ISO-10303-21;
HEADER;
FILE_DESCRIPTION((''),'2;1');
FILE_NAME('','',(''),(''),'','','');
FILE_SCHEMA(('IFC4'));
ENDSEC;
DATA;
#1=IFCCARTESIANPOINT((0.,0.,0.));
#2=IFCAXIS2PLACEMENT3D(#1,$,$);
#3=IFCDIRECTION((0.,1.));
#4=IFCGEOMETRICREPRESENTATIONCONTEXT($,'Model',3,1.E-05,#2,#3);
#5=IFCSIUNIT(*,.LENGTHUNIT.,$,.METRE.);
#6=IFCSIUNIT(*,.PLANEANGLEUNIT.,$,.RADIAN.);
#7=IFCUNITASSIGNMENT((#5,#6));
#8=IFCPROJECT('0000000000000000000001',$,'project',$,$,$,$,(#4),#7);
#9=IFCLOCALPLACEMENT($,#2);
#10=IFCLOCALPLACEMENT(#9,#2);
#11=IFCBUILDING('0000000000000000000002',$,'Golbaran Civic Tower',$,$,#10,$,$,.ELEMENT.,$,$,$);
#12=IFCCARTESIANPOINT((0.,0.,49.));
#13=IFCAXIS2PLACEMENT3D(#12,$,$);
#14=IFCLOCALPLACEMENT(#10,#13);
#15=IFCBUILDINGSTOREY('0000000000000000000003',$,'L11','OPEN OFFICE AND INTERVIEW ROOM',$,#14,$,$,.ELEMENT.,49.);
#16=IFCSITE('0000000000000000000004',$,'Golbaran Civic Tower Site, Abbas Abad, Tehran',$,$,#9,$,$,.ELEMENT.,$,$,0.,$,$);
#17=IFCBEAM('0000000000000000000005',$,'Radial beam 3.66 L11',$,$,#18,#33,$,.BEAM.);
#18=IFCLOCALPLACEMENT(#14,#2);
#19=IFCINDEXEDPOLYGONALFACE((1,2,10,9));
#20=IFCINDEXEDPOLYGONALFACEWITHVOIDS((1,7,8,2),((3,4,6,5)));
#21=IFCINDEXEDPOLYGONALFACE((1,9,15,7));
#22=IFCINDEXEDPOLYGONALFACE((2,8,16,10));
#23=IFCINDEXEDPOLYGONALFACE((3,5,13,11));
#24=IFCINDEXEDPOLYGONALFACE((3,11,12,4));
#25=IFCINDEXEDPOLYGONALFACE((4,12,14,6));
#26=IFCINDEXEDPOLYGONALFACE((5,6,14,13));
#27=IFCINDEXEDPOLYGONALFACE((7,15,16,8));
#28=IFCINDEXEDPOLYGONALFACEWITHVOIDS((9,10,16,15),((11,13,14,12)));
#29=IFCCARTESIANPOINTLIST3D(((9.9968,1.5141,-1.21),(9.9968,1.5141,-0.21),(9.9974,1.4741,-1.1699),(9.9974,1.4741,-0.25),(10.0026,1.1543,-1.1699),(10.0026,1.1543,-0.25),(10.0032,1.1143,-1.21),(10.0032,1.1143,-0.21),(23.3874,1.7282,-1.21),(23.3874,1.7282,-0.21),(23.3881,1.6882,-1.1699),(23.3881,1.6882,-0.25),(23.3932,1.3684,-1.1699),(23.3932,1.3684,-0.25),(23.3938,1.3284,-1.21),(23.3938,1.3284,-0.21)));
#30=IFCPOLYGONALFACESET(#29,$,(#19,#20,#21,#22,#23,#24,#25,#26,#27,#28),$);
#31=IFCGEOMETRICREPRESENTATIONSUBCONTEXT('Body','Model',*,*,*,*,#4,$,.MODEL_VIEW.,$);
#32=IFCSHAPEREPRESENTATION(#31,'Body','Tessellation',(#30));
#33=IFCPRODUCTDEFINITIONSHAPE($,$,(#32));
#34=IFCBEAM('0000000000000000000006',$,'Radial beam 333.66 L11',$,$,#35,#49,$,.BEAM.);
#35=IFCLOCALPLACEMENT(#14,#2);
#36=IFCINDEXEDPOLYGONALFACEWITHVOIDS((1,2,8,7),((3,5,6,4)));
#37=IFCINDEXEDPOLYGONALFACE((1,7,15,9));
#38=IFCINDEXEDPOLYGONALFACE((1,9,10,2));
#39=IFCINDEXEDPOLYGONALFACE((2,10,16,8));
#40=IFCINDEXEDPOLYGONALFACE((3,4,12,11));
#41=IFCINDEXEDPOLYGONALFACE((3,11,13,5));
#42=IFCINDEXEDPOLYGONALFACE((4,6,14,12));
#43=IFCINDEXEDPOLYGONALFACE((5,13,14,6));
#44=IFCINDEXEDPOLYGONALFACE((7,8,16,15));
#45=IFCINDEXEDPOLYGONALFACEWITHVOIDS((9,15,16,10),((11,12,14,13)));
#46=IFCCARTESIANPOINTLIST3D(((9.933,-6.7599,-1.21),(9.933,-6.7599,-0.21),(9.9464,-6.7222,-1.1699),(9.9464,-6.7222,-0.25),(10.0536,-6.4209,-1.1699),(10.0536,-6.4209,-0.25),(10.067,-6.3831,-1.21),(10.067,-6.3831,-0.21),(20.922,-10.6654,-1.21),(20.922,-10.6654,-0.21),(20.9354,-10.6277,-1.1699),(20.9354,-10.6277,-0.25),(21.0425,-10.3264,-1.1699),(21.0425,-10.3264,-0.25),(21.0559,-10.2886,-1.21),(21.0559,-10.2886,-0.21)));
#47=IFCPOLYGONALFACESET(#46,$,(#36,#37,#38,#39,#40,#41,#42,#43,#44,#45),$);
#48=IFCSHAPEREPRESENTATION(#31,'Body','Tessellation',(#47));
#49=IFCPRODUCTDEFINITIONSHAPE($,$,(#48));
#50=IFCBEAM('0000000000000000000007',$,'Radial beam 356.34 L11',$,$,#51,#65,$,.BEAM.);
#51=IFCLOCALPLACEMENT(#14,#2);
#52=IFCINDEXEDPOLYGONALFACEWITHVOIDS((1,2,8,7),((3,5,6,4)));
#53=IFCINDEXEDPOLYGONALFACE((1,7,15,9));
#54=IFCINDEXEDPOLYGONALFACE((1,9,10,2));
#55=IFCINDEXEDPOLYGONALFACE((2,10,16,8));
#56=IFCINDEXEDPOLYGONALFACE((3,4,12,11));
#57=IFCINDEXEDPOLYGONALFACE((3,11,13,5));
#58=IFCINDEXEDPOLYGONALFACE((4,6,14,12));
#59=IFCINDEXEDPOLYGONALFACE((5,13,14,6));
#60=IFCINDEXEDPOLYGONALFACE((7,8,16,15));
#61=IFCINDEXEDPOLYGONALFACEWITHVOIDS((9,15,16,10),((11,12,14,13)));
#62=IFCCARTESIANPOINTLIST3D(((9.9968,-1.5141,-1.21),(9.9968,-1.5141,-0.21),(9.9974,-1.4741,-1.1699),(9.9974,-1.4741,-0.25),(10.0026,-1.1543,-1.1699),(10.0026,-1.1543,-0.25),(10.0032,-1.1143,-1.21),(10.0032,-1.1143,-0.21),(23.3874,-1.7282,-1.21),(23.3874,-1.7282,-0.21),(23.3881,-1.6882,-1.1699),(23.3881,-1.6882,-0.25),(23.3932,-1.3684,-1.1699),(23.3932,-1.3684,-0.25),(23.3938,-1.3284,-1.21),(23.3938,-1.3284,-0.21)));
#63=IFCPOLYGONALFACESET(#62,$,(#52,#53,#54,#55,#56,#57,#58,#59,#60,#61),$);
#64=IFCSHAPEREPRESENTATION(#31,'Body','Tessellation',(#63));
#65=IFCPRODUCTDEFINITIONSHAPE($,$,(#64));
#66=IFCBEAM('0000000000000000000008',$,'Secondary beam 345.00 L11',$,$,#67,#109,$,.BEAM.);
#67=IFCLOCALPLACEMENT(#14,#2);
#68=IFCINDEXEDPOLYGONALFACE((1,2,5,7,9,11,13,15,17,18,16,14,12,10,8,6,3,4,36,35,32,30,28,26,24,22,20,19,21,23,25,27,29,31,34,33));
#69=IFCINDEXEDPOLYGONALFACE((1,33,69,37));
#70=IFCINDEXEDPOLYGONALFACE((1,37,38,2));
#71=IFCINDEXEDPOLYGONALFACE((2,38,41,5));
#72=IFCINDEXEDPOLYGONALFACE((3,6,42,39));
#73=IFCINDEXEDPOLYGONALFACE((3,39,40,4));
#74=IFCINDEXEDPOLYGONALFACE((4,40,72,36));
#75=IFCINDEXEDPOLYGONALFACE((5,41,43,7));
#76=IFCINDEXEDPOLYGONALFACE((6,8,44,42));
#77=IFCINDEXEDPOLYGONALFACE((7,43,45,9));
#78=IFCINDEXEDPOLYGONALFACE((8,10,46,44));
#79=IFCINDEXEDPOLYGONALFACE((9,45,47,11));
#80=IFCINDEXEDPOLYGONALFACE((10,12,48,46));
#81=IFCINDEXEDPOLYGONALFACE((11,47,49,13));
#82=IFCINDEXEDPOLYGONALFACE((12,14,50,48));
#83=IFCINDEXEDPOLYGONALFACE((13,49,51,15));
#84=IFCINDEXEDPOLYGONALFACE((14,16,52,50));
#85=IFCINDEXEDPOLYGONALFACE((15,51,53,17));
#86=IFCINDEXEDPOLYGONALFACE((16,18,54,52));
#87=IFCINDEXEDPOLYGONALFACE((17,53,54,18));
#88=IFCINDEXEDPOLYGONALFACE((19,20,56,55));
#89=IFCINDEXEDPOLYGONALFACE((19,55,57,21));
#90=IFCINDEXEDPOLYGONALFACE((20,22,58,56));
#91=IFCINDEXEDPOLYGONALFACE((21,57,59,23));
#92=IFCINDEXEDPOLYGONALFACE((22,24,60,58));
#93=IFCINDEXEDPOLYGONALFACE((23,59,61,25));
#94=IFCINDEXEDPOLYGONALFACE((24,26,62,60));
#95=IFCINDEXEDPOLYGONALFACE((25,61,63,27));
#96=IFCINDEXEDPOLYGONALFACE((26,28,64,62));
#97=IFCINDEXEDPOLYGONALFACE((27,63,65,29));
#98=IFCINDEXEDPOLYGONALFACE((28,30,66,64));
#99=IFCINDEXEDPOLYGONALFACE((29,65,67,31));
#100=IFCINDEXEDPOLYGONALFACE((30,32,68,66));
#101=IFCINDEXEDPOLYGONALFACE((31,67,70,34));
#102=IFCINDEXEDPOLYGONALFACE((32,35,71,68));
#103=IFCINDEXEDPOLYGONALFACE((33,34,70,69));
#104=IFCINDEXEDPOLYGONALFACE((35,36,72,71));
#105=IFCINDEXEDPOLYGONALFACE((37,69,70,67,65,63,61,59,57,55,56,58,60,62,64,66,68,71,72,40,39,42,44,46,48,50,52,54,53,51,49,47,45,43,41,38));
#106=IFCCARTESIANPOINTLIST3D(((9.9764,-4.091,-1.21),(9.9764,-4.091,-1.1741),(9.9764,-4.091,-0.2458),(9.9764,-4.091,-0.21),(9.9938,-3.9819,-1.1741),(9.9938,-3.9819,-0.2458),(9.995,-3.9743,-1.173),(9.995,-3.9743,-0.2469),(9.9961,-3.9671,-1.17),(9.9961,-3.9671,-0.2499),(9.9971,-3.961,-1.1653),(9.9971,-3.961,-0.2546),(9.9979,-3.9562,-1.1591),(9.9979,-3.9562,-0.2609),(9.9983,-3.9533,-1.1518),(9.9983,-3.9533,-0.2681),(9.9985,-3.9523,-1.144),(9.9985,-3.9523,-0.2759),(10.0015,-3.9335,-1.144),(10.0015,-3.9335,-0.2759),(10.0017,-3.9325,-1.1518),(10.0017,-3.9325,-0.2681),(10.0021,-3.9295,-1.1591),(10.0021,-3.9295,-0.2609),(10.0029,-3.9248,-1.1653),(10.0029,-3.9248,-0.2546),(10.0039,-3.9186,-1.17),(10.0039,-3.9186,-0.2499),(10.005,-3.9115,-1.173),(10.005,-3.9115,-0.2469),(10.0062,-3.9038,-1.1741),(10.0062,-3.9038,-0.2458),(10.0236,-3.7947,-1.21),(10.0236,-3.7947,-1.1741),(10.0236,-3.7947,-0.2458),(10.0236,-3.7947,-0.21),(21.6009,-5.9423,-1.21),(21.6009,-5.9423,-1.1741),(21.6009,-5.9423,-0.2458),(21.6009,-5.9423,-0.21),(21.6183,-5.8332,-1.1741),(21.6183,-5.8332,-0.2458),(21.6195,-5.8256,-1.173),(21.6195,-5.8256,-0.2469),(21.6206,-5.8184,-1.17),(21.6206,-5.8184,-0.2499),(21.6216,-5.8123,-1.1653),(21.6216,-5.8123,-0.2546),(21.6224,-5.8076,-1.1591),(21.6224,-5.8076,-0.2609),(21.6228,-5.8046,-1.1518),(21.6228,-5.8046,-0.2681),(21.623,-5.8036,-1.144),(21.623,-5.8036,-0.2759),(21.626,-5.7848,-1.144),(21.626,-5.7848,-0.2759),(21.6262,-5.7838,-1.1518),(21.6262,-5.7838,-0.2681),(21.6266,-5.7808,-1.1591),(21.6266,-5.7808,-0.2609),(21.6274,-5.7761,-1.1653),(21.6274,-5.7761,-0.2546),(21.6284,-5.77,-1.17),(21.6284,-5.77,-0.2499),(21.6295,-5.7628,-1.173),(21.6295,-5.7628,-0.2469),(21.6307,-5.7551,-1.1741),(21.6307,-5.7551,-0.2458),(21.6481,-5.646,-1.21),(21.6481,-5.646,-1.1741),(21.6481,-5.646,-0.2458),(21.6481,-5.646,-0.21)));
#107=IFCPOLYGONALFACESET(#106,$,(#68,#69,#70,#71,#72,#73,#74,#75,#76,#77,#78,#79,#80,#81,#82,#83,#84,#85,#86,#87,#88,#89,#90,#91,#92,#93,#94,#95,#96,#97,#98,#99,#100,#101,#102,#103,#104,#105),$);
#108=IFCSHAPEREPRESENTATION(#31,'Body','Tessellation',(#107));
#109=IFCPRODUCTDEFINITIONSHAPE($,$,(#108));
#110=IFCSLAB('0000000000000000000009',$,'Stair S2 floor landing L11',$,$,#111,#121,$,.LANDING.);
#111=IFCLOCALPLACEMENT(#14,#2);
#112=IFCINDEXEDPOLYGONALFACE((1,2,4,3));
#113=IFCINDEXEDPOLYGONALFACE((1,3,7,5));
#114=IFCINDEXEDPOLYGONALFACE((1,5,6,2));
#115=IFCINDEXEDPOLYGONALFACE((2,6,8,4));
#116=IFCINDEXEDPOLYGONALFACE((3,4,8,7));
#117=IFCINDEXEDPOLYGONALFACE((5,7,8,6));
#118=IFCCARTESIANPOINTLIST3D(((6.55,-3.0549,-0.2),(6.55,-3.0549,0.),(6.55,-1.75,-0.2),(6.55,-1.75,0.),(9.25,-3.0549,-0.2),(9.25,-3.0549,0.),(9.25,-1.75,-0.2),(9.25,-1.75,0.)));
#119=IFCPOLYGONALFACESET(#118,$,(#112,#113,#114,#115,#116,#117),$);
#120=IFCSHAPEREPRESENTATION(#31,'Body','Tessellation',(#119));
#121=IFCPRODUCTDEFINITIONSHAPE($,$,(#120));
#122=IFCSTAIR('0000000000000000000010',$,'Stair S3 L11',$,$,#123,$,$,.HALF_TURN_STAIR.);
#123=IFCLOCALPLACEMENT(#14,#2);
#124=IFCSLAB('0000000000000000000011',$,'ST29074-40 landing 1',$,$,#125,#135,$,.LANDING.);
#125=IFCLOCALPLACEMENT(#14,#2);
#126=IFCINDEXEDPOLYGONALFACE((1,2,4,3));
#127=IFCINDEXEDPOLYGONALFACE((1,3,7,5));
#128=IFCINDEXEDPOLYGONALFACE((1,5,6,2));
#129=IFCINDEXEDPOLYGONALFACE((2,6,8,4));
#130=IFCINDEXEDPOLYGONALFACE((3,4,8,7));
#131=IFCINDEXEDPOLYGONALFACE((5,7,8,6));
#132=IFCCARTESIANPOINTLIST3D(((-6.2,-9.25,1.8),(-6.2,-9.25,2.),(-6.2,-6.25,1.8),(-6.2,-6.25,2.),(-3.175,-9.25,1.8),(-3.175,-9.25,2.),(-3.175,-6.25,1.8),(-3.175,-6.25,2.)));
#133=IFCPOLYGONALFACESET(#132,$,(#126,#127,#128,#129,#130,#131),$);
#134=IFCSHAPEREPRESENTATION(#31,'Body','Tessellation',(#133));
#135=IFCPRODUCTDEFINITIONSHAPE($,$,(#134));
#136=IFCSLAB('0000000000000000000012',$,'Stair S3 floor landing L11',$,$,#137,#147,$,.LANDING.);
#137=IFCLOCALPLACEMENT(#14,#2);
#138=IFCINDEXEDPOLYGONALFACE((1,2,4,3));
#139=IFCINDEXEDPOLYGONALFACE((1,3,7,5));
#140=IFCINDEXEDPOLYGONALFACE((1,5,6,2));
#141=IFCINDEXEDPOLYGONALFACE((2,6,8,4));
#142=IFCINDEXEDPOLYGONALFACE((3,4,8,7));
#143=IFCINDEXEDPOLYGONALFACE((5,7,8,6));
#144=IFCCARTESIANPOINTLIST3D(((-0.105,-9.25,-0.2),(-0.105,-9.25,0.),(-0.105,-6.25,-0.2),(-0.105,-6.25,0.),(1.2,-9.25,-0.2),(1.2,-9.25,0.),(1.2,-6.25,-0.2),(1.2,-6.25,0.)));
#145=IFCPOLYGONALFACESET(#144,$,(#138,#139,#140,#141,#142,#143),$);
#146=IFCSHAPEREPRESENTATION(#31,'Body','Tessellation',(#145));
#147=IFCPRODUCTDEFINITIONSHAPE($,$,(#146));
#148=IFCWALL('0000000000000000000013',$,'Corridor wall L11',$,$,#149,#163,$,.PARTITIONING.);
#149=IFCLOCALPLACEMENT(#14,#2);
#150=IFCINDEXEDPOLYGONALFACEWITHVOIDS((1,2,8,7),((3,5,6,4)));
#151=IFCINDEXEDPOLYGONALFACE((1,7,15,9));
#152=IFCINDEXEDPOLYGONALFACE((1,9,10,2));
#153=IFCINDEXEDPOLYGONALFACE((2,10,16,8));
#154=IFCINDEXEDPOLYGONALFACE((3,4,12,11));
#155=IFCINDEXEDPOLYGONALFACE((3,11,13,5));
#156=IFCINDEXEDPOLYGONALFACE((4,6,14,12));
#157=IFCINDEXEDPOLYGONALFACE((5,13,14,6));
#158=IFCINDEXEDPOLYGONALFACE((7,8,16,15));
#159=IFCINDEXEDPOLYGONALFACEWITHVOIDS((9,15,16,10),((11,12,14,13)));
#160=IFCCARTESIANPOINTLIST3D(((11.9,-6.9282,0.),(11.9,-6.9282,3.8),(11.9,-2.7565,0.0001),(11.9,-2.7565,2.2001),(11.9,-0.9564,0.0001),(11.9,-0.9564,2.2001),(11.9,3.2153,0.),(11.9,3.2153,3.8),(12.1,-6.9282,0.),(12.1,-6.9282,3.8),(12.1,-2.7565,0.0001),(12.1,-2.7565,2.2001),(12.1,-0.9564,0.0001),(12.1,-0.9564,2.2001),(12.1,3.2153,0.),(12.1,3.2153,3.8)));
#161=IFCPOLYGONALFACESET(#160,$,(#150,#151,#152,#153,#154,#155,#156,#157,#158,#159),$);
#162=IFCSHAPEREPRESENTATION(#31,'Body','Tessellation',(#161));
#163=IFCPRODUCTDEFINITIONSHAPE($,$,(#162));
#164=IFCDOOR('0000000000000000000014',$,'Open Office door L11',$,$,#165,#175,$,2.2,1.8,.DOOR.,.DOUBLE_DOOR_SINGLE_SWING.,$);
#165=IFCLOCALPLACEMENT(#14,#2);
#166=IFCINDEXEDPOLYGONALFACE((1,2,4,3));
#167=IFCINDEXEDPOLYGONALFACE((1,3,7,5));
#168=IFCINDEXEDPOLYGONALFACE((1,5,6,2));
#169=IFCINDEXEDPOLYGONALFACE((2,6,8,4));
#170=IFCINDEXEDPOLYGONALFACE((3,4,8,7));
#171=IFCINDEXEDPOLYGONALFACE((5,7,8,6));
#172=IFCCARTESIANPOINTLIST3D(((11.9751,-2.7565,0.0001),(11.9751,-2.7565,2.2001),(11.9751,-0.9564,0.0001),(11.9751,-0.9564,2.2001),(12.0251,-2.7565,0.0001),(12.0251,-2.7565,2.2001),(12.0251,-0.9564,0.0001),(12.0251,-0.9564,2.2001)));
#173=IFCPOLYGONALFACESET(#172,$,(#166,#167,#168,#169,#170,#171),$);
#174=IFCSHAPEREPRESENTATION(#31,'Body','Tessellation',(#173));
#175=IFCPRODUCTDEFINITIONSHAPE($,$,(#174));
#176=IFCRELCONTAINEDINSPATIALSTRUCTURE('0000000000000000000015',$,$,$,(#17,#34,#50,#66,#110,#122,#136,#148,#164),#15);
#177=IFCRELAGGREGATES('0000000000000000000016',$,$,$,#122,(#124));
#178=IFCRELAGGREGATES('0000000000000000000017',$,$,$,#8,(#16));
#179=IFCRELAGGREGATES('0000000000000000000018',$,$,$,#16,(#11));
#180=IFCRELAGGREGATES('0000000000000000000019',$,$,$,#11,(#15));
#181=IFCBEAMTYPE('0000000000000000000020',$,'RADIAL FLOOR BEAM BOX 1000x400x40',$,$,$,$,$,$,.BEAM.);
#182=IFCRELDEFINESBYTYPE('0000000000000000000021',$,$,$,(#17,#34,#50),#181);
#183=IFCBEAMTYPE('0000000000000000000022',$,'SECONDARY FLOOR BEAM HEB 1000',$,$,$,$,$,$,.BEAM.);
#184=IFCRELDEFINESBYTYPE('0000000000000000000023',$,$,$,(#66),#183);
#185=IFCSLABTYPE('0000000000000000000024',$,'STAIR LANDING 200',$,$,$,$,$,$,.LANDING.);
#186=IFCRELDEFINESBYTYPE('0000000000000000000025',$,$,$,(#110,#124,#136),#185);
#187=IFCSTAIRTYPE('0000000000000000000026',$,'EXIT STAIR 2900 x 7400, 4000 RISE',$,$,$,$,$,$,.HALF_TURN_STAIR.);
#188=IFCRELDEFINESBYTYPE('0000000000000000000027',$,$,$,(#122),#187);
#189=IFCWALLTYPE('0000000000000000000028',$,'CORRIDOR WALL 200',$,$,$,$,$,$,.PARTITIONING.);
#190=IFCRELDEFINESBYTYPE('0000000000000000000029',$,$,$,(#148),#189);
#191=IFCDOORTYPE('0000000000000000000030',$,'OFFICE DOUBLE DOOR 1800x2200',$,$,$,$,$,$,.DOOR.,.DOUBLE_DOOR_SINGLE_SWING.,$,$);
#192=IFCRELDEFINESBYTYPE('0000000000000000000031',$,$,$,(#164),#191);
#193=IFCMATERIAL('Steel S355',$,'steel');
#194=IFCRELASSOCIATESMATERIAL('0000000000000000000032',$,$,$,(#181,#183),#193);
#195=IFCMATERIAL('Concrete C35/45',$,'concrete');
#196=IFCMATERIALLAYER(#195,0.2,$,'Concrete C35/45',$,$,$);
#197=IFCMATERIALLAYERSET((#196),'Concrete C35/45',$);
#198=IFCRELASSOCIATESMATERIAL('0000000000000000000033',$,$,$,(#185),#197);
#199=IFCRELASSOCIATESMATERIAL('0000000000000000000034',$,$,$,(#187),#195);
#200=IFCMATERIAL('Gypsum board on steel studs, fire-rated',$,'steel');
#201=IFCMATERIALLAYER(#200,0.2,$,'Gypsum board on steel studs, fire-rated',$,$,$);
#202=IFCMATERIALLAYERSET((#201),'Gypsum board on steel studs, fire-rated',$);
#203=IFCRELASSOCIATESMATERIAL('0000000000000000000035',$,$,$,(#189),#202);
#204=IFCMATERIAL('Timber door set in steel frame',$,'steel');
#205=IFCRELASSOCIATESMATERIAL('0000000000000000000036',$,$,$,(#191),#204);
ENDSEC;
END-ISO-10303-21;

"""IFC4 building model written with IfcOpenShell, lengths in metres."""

from ifc_helpers import new_model, si_unit, direction, frame, frame_2d, origin, origin_2d, place, context, subcontext, project, spatial, polyline, rectangle, hollow_rectangle, i_section, outline, extrude, material, layer, layer_set, material_profile, profile_set, type_object, element, fill, aggregate, save


model = new_model("IFC4")

# Units and contexts
model_context = context("Model", 3, precision=1e-05, world=origin(), true_north=direction((0.0, 1.0)))
body_context = subcontext(model_context, "Body", "Model", "MODEL_VIEW")
ifc_project = project(units=[si_unit("LENGTHUNIT", "METRE"), si_unit("PLANEANGLEUNIT", "RADIAN")], contexts=[model_context])

# Site, building, storey
site_placement = place(None, origin())
site = spatial("IfcSite", under=ifc_project, at=site_placement, Name="Golbaran Civic Tower Site, Abbas Abad, Tehran", CompositionType="ELEMENT", RefElevation=0.0)
building_placement = place(site_placement, origin())
building = spatial("IfcBuilding", under=site, at=building_placement, Name="Golbaran Civic Tower", CompositionType="ELEMENT")
storey_placement = place(building_placement, frame((0.0, 0.0, 49.0)))
storey = spatial("IfcBuildingStorey", under=building, at=storey_placement, Name="L11", Description="OPEN OFFICE AND INTERVIEW ROOM", CompositionType="ELEMENT", Elevation=49.0)

# Beams
ifc_material_1 = material(Name="Steel S355", Category="steel")
ifc_material_profile_1 = material_profile(ifc_material_1, hollow_rectangle(XDim=0.3999, YDim=1.0, WallThickness=0.04, at=origin_2d()), Name="BOX 1000x400x40")
ifc_profile_set_1 = profile_set([ifc_material_profile_1], Name="Steel S355")
beam_type_1 = type_object("IfcBeamType", Name="RADIAL FLOOR BEAM BOX 1000x400x40", PredefinedType="BEAM", material=ifc_profile_set_1)
beam_1_placement = place(storey_placement, frame((10.0, 1.3142, -0.71), z_axis=(0.999872, 0.015988, 0.0), x_axis=(-0.015988, 0.999872, 0.0)))
element("IfcBeam", 1, at=beam_1_placement, inside=storey, type_object=beam_type_1, Name="Radial beam 3.66 L11", PredefinedType="BEAM", context=body_context, shape_type="SweptSolid", body=[
    extrude(hollow_rectangle(XDim=0.3999, YDim=1.0, WallThickness=0.04, at=origin_2d()), origin(), (0.0, 0.0, 1.0), 13.3923),
])
beam_2_placement = place(storey_placement, frame((10.0, -6.5715, -0.71), z_axis=(0.94226, -0.334881, 0.0), x_axis=(0.334881, 0.94226, 0.0)))
element("IfcBeam", 2, at=beam_2_placement, inside=storey, type_object=beam_type_1, Name="Radial beam 333.66 L11", PredefinedType="BEAM", context=body_context, shape_type="SweptSolid", body=[
    extrude(hollow_rectangle(XDim=0.3999, YDim=1.0, WallThickness=0.04, at=origin_2d()), origin(), (0.0, 0.0, 1.0), 11.6624),
])
beam_3_placement = place(storey_placement, frame((10.0, -1.3142, -0.71), z_axis=(0.999872, -0.015988, 0.0), x_axis=(0.015988, 0.999872, 0.0)))
element("IfcBeam", 3, at=beam_3_placement, inside=storey, type_object=beam_type_1, Name="Radial beam 356.34 L11", PredefinedType="BEAM", context=body_context, shape_type="SweptSolid", body=[
    extrude(hollow_rectangle(XDim=0.3999, YDim=1.0, WallThickness=0.04, at=origin_2d()), origin(), (0.0, 0.0, 1.0), 13.3923),
])
ifc_material_profile_2 = material_profile(ifc_material_1, i_section(OverallWidth=0.3, OverallDepth=1.0, WebThickness=0.019, FlangeThickness=0.0359, FilletRadius=0.03, at=origin_2d()), Name="HEB 1000")
ifc_profile_set_2 = profile_set([ifc_material_profile_2], Name="Steel S355")
beam_type_2 = type_object("IfcBeamType", Name="SECONDARY FLOOR BEAM HEB 1000", PredefinedType="BEAM", material=ifc_profile_set_2)
beam_4_placement = place(storey_placement, frame((10.0, -3.9429, -0.71), z_axis=(0.987554, -0.157278, 0.0), x_axis=(0.157278, 0.987554, 0.0)))
element("IfcBeam", 4, at=beam_4_placement, inside=storey, type_object=beam_type_2, Name="Secondary beam 345.00 L11", PredefinedType="BEAM", context=body_context, shape_type="SweptSolid", body=[
    extrude(i_section(OverallWidth=0.3, OverallDepth=1.0, WebThickness=0.019, FlangeThickness=0.0359, FilletRadius=0.03, at=origin_2d()), origin(), (0.0, 0.0, 1.0), 11.771),
])

# Slab
ifc_material_2 = material(Name="Concrete C35/45", Category="concrete")
ifc_layer_1 = layer(ifc_material_2, 0.2, Name="Concrete C35/45")
ifc_layer_set_1 = layer_set([ifc_layer_1], Name="Concrete C35/45")
slab_type = type_object("IfcSlabType", Name="STAIR LANDING 200", PredefinedType="LANDING", material=ifc_layer_set_1)
slab_1_placement = place(storey_placement, frame((0.0, 0.0, -0.2)))
element("IfcSlab", 5, at=slab_1_placement, inside=storey, type_object=slab_type, Name="Stair S2 floor landing L11", PredefinedType="LANDING", context=body_context, shape_type="SweptSolid", body=[
    extrude(outline(polyline([(9.25, -1.75), (9.25, -3.0549), (6.55, -3.0549), (6.55, -1.75), (9.25, -1.75)])), origin(), (0.0, 0.0, 1.0), 0.2),
])

# Stair, slab
stair_type_1 = type_object("IfcStairType", Name="EXIT STAIR 2900 x 7400, 4000 RISE", PredefinedType="HALF_TURN_STAIR", material=ifc_material_2)
stair_1_placement = place(storey_placement, origin())
stair_1 = element("IfcStair", 6, at=stair_1_placement, inside=storey, type_object=stair_type_1, Name="Stair S3 L11", PredefinedType="HALF_TURN_STAIR")
slab_2_placement = place(storey_placement, frame((0.0, 0.0, 1.8)))
slab_2 = element("IfcSlab", 7, at=slab_2_placement, type_object=slab_type, Name="ST29074-40 landing 1", PredefinedType="LANDING", context=body_context, shape_type="SweptSolid", body=[
    extrude(outline(polyline([(-3.175, -9.25), (-6.2, -9.25), (-6.2, -6.25), (-3.175, -6.25), (-3.175, -9.25)])), origin(), (0.0, 0.0, 1.0), 0.2),
])
aggregate(stair_1, [slab_2])

# Slab
slab_3_placement = place(storey_placement, frame((0.0, 0.0, -0.2)))
element("IfcSlab", 8, at=slab_3_placement, inside=storey, type_object=slab_type, Name="Stair S3 floor landing L11", PredefinedType="LANDING", context=body_context, shape_type="SweptSolid", body=[
    extrude(outline(polyline([(1.2, -9.25), (-0.105, -9.25), (-0.105, -6.25), (1.2, -6.25), (1.2, -9.25)])), origin(), (0.0, 0.0, 1.0), 0.2),
])

# Wall, opening, door
ifc_material_3 = material(Name="Gypsum board on steel studs, fire-rated", Category="steel")
ifc_layer_2 = layer(ifc_material_3, 0.2, Name="Gypsum board on steel studs, fire-rated")
ifc_layer_set_2 = layer_set([ifc_layer_2], Name="Gypsum board on steel studs, fire-rated")
wall_type_1 = type_object("IfcWallType", Name="CORRIDOR WALL 200", PredefinedType="PARTITIONING", material=ifc_layer_set_2)
wall_1_placement = place(storey_placement, frame((12.0, -6.9282, 0.0), z_axis=(0.0, 0.0, 1.0), x_axis=(0.0, 1.0, 0.0)))
wall_1 = element("IfcWall", 9, at=wall_1_placement, inside=storey, type_object=wall_type_1, Name="Corridor wall L11", PredefinedType="PARTITIONING", context=body_context, shape_type="SweptSolid", body=[
    extrude(rectangle(XDim=10.1436, YDim=0.2, at=frame_2d((5.0718, 0.0))), origin(), (0.0, 0.0, 1.0), 3.8),
])
opening_1_placement = place(wall_1_placement, frame((4.1719, 0.0, 0.0)))
opening_1 = element("IfcOpeningElement", 10, at=opening_1_placement, cuts=wall_1, PredefinedType="OPENING", context=body_context, shape_type="SweptSolid", body=[
    extrude(rectangle(XDim=1.8, YDim=2.2, at=frame_2d((0.8999, 1.1001))), frame((0.0, 0.1099, 0.0), z_axis=(0.0, -1.0, 0.0), x_axis=(1.0, 0.0, 0.0)), (0.0, 0.0, 1.0), 0.22),
])
ifc_material_4 = material(Name="Timber door set in steel frame", Category="steel")
door_type_1 = type_object("IfcDoorType", Name="OFFICE DOUBLE DOOR 1800x2200", OperationType="DOUBLE_DOOR_SINGLE_SWING", PredefinedType="DOOR", material=ifc_material_4)
door_1_placement = place(opening_1_placement, origin())
door_1 = element("IfcDoor", 11, at=door_1_placement, inside=storey, type_object=door_type_1, Name="Open Office door L11", OperationType="DOUBLE_DOOR_SINGLE_SWING", OverallHeight=2.2, OverallWidth=1.8, PredefinedType="DOOR", context=body_context, shape_type="SweptSolid", body=[
    extrude(rectangle(XDim=1.8, YDim=2.2, at=frame_2d((0.8999, 1.1001))), frame((0.0, 0.0249, 0.0), z_axis=(0.0, -1.0, 0.0), x_axis=(1.0, 0.0, 0.0)), (0.0, 0.0, 1.0), 0.05),
])
fill(opening_1, door_1)

save(model, "model.ifc")
